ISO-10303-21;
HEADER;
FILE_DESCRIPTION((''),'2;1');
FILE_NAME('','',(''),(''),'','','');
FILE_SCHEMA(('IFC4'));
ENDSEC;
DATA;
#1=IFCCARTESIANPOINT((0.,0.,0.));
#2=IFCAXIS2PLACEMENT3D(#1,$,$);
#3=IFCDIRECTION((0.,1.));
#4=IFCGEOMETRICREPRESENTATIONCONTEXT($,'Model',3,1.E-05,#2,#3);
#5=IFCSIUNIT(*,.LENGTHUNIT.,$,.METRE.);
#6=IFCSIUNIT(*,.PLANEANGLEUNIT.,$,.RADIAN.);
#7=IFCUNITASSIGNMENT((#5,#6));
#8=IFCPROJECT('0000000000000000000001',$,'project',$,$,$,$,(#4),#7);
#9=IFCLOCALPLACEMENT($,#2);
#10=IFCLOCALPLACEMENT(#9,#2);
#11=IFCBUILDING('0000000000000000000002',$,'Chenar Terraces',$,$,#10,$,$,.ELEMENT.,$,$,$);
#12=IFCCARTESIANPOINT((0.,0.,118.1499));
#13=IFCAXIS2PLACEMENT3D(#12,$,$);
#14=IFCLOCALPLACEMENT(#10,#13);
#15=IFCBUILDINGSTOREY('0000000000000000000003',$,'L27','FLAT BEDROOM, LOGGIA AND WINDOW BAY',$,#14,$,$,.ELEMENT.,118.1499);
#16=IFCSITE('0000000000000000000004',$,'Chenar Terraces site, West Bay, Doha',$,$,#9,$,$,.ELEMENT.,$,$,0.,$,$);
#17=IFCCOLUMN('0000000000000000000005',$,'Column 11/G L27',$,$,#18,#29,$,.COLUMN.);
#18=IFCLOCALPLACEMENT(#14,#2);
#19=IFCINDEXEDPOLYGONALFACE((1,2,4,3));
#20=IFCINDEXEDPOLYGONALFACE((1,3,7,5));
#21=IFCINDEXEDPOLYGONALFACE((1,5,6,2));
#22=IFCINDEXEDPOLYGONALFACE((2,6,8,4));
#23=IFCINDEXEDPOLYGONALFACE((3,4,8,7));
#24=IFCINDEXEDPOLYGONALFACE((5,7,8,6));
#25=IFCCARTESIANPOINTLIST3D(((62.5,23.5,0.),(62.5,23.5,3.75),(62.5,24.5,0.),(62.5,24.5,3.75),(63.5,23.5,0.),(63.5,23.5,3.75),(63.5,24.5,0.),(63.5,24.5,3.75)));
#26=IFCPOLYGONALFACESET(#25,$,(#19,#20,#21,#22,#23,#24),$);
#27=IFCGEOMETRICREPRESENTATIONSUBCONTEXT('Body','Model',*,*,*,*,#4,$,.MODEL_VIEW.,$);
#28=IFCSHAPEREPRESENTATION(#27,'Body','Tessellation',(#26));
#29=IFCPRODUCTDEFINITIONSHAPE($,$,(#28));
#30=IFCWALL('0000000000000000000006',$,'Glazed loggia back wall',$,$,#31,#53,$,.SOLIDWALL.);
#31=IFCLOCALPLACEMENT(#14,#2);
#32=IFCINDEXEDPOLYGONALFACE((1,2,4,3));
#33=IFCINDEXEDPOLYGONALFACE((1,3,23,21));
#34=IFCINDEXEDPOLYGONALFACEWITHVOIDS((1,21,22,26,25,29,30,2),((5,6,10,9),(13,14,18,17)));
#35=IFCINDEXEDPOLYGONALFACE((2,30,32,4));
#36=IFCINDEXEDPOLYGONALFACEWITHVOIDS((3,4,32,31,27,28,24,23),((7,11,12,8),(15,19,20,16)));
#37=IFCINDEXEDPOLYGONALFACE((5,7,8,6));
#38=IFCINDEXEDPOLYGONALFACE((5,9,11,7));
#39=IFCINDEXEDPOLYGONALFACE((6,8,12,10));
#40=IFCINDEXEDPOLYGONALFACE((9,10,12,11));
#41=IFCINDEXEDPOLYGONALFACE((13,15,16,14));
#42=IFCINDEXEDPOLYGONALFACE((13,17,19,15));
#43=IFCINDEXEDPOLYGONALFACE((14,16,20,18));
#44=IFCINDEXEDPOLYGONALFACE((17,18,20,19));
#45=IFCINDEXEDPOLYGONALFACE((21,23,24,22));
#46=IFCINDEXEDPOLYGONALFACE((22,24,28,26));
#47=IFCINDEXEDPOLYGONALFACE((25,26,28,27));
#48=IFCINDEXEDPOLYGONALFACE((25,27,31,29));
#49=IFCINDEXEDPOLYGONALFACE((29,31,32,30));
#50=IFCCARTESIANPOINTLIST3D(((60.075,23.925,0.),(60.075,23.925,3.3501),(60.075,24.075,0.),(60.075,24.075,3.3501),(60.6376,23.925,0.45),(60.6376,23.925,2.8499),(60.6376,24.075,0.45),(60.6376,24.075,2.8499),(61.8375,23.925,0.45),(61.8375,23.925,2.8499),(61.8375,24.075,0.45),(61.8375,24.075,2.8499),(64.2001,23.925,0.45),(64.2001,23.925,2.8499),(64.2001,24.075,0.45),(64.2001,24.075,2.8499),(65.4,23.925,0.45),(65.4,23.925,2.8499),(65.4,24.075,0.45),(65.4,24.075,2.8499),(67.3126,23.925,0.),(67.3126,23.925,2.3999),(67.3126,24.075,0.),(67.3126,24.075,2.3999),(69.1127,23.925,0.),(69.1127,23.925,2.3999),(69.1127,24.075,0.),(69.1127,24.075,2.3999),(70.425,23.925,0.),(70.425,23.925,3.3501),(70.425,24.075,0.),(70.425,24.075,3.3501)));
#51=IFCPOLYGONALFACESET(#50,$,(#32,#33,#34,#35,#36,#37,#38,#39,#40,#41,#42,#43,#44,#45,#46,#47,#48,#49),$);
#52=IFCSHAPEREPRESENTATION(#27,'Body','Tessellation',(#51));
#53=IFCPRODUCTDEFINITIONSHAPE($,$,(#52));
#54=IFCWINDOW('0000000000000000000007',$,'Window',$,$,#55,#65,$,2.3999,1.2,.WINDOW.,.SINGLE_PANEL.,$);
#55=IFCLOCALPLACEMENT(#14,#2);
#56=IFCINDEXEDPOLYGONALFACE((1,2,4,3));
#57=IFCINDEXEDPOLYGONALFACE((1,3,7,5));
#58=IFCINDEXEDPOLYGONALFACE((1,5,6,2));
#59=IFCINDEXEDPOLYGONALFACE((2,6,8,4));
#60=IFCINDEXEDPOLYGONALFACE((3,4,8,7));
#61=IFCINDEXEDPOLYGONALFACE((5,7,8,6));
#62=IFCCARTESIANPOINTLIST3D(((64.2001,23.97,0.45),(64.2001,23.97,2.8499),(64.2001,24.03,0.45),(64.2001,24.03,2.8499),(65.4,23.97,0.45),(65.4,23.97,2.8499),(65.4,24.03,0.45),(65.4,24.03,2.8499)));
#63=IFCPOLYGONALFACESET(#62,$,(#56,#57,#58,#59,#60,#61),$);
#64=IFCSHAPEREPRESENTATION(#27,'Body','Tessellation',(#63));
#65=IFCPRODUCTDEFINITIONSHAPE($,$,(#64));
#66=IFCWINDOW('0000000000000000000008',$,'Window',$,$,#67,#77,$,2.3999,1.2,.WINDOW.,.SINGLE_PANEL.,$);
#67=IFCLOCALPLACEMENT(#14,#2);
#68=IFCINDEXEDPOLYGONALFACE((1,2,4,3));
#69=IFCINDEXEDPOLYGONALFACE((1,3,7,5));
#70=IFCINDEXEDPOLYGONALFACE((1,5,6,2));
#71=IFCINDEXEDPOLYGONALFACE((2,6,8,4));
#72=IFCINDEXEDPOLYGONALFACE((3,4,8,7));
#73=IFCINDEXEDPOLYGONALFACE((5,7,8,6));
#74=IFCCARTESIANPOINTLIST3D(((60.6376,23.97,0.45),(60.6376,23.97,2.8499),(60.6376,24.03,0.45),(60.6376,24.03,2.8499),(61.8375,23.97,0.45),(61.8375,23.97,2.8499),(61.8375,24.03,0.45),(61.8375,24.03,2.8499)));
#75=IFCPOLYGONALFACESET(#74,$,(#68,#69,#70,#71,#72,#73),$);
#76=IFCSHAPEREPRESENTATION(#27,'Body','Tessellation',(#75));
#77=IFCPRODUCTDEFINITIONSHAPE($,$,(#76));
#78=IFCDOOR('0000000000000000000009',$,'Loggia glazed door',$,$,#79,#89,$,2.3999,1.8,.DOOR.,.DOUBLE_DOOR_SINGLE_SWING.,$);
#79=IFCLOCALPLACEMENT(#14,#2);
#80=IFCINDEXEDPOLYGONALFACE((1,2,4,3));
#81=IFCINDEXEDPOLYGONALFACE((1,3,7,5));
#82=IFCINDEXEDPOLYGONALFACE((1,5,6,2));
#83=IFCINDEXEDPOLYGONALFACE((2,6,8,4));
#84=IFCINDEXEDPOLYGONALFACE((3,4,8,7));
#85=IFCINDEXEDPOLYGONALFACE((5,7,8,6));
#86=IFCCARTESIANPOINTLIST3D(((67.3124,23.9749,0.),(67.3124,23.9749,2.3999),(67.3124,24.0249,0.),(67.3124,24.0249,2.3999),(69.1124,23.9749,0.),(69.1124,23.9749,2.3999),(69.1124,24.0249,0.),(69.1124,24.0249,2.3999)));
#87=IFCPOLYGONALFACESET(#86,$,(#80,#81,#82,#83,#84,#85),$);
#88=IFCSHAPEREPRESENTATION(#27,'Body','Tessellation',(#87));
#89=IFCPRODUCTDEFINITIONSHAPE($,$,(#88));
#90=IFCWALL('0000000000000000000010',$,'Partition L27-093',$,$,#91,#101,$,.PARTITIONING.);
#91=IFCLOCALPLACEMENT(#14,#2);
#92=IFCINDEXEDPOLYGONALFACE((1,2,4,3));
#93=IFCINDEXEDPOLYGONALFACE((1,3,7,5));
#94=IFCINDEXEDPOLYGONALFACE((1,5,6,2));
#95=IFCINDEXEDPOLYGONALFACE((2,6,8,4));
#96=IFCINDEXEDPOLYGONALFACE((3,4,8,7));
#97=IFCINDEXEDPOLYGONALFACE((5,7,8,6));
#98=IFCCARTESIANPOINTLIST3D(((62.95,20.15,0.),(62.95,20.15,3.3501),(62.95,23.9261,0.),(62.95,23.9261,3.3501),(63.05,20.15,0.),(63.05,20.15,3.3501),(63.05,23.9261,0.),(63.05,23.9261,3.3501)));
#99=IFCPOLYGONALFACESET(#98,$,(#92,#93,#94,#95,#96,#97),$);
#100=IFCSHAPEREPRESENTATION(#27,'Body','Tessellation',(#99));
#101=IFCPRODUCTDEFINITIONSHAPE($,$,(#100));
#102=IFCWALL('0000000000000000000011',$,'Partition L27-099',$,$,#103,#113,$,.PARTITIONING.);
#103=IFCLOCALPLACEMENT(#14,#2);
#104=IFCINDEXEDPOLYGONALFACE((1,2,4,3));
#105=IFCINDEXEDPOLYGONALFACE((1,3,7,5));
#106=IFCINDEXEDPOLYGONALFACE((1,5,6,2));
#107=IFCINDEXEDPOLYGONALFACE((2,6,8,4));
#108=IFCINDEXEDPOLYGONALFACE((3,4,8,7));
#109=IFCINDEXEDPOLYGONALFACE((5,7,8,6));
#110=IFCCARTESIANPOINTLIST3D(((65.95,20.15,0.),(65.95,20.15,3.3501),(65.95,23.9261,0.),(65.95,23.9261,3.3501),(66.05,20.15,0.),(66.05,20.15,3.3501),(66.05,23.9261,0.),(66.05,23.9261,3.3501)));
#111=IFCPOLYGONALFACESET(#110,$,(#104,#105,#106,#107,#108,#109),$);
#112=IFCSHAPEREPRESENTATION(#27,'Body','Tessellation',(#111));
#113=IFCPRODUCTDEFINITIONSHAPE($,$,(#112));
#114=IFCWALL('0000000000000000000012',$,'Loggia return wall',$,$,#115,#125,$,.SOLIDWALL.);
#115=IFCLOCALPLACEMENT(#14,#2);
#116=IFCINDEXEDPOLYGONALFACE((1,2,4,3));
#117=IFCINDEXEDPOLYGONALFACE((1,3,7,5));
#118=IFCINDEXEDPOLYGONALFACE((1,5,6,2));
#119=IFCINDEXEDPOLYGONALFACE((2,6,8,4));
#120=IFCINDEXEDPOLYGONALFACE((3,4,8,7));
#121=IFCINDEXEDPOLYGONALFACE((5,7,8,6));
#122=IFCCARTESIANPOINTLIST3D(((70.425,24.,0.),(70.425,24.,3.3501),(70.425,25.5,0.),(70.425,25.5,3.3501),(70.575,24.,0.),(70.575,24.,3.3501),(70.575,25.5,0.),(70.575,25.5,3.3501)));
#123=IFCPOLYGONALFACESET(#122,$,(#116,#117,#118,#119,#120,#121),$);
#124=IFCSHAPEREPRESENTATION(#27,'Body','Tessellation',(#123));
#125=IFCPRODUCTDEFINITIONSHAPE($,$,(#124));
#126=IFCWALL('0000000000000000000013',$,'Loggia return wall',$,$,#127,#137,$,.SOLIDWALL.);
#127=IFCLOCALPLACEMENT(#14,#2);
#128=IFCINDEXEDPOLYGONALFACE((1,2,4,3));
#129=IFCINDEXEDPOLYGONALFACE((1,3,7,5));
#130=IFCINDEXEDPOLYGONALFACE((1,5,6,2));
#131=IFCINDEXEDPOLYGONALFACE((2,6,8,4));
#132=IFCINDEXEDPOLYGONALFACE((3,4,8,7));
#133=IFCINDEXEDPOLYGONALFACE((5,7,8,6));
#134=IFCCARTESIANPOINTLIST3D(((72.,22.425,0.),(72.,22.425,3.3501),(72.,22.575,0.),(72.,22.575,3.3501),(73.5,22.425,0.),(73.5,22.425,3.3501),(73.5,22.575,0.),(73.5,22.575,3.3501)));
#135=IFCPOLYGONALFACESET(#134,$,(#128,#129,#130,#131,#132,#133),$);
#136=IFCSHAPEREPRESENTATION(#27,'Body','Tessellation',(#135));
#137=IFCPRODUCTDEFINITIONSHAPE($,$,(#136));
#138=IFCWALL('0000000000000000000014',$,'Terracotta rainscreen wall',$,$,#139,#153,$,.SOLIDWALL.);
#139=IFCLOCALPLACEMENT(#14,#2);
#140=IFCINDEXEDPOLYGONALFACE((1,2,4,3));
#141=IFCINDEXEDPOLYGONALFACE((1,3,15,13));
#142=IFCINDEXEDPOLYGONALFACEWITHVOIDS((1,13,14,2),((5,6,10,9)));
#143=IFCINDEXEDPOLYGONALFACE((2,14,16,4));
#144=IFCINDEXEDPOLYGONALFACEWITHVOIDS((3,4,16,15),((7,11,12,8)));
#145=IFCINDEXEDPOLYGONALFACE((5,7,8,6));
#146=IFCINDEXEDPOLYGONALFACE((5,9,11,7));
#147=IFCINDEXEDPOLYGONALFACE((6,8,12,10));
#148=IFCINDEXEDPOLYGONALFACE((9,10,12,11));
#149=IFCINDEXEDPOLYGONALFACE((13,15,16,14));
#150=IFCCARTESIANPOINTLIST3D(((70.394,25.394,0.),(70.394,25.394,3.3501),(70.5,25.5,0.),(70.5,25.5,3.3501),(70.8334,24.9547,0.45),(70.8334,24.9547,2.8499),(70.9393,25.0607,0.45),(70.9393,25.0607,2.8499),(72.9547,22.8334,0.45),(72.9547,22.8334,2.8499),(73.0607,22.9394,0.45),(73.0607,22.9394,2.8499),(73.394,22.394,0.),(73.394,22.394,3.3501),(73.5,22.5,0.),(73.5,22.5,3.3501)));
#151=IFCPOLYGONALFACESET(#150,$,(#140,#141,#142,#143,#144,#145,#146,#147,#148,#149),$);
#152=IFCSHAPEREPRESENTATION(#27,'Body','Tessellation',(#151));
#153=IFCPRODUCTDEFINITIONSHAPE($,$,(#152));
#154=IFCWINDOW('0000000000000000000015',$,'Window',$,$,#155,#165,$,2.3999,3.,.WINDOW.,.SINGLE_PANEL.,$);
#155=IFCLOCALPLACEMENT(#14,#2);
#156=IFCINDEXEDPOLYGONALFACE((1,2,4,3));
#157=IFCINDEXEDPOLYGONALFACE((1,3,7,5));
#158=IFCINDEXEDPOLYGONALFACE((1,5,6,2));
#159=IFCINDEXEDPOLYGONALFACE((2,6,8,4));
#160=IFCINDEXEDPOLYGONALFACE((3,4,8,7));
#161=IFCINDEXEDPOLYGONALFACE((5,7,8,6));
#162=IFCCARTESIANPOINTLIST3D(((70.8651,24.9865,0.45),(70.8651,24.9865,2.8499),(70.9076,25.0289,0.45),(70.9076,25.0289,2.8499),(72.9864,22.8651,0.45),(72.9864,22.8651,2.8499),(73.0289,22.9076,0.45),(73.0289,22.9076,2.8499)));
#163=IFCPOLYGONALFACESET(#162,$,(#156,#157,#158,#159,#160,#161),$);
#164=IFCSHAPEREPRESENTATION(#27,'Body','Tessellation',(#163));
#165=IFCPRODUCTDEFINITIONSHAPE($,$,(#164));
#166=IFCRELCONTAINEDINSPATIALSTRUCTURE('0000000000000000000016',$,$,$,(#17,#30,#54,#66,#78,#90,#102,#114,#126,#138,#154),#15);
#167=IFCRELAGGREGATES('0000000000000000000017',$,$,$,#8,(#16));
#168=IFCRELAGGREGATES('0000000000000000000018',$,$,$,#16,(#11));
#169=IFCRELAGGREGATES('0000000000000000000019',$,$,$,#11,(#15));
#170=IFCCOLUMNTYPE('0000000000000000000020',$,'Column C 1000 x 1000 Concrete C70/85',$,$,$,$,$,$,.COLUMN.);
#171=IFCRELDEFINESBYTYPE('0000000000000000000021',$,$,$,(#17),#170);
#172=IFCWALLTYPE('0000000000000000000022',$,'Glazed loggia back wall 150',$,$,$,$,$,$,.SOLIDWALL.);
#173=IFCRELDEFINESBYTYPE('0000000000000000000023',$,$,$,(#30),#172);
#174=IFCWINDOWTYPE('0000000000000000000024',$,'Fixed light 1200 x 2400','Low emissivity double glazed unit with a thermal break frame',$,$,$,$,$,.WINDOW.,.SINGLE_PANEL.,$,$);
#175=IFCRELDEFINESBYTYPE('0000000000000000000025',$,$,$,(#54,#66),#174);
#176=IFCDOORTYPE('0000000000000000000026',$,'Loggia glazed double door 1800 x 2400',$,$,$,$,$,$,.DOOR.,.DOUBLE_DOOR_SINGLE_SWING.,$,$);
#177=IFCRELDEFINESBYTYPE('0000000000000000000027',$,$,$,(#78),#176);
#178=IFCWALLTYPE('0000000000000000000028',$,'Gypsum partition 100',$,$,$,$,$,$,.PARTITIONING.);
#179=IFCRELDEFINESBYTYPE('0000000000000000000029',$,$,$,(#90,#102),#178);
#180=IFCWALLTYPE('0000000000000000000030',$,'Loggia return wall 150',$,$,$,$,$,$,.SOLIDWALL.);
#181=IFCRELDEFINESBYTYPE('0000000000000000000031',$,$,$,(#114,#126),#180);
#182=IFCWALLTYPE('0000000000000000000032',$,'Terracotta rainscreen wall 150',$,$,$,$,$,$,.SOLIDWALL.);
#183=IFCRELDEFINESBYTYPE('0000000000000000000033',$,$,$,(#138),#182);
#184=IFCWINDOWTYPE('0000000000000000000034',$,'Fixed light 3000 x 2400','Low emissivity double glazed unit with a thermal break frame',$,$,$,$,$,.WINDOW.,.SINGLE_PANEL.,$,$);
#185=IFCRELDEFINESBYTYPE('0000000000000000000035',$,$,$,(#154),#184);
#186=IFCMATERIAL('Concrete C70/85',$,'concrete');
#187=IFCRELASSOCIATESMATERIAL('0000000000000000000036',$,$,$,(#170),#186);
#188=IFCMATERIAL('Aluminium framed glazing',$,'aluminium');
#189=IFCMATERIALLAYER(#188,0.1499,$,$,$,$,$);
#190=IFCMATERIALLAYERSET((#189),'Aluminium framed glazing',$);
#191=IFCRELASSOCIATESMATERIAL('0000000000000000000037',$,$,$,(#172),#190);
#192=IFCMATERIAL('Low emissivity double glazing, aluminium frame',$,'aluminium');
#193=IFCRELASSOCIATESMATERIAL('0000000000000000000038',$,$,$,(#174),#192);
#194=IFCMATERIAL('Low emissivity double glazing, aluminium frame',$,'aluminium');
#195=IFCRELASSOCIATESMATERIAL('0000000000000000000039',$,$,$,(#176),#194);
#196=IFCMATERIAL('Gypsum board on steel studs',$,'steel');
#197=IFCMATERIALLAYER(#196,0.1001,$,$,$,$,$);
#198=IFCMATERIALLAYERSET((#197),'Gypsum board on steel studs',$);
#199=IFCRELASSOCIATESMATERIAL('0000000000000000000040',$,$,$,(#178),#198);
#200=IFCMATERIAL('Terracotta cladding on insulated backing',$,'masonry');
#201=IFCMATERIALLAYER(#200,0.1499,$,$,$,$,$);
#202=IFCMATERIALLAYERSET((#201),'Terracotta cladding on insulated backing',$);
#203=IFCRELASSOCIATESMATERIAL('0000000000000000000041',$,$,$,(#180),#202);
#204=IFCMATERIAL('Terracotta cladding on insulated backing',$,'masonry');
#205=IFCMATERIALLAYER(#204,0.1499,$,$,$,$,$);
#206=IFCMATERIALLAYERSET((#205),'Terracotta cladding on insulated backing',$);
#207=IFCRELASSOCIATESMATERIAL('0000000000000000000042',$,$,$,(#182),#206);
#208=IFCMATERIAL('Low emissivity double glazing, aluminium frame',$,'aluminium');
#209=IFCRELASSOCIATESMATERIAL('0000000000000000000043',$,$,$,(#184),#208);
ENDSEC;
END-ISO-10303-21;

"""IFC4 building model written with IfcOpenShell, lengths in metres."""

from ifc_helpers import new_model, si_unit, direction, frame, frame_2d, origin, origin_2d, place, context, subcontext, project, spatial, rectangle, extrude, material, layer, layer_set, material_profile, profile_set, type_object, element, fill, save


model = new_model("IFC4")

# Units and contexts
model_context = context("Model", 3, precision=1e-05, world=origin(), true_north=direction((0.0, 1.0)))
body_context = subcontext(model_context, "Body", "Model", "MODEL_VIEW")
ifc_project = project(units=[si_unit("LENGTHUNIT", "METRE"), si_unit("PLANEANGLEUNIT", "RADIAN")], contexts=[model_context])

# Site, building, storey
site_placement = place(None, origin())
site = spatial("IfcSite", under=ifc_project, at=site_placement, Name="Chenar Terraces site, West Bay, Doha", CompositionType="ELEMENT", RefElevation=0.0)
building_placement = place(site_placement, origin())
building = spatial("IfcBuilding", under=site, at=building_placement, Name="Chenar Terraces", CompositionType="ELEMENT")
storey_placement = place(building_placement, frame((0.0, 0.0, 118.1499)))
storey = spatial("IfcBuildingStorey", under=building, at=storey_placement, Name="L27", Description="FLAT BEDROOM, LOGGIA AND WINDOW BAY", CompositionType="ELEMENT", Elevation=118.1499)

# Column
ifc_material_1 = material(Name="Concrete C70/85", Category="concrete")
ifc_material_profile = material_profile(ifc_material_1, rectangle(XDim=1.0, YDim=1.0, at=origin_2d()), Name="C 1000 x 1000")
ifc_profile_set = profile_set([ifc_material_profile], Name="Concrete C70/85")
column_type = type_object("IfcColumnType", Name="Column C 1000 x 1000 Concrete C70/85", PredefinedType="COLUMN", material=ifc_profile_set)
column_placement = place(storey_placement, frame((63.0, 24.0, 0.0), z_axis=(0.0, 0.0, 1.0), x_axis=(1.0, 0.0, 0.0)))
element("IfcColumn", 1, at=column_placement, inside=storey, type_object=column_type, Name="Column 11/G L27", PredefinedType="COLUMN", context=body_context, shape_type="SweptSolid", body=[
    extrude(rectangle(XDim=1.0, YDim=1.0, at=origin_2d()), origin(), (0.0, 0.0, 1.0), 3.75),
])

# Wall, openings, windows, door
ifc_material_2 = material(Name="Aluminium framed glazing", Category="aluminium")
ifc_layer_1 = layer(ifc_material_2, 0.1499)
ifc_layer_set_1 = layer_set([ifc_layer_1], Name="Aluminium framed glazing")
wall_type_1 = type_object("IfcWallType", Name="Glazed loggia back wall 150", PredefinedType="SOLIDWALL", material=ifc_layer_set_1)
wall_1_placement = place(storey_placement, frame((70.425, 24.0, 0.0), z_axis=(0.0, 0.0, 1.0), x_axis=(-1.0, 0.0, 0.0)))
wall_1 = element("IfcWall", 2, at=wall_1_placement, inside=storey, type_object=wall_type_1, Name="Glazed loggia back wall", PredefinedType="SOLIDWALL", context=body_context, shape_type="SweptSolid", body=[
    extrude(rectangle(XDim=10.3501, YDim=0.1499, at=frame_2d((5.175, 0.0))), origin(), (0.0, 0.0, 1.0), 3.3501),
])
opening_1_placement = place(wall_1_placement, frame((1.3125, 0.0, 0.0)))
opening_1 = element("IfcOpeningElement", 3, at=opening_1_placement, cuts=wall_1, PredefinedType="OPENING", context=body_context, shape_type="SweptSolid", body=[
    extrude(rectangle(XDim=1.8, YDim=2.3999, at=frame_2d((0.8999, 1.2))), frame((0.0, 0.085, 0.0), z_axis=(0.0, -1.0, 0.0), x_axis=(1.0, 0.0, 0.0)), (0.0, 0.0, 1.0), 0.1699),
])
opening_2_placement = place(wall_1_placement, frame((5.0249, 0.0, 0.45)))
opening_2 = element("IfcOpeningElement", 4, at=opening_2_placement, cuts=wall_1, PredefinedType="OPENING", context=body_context, shape_type="SweptSolid", body=[
    extrude(rectangle(XDim=1.2, YDim=2.3999, at=frame_2d((0.6001, 1.2))), frame((0.0, 0.085, 0.0), z_axis=(0.0, -1.0, 0.0), x_axis=(1.0, 0.0, 0.0)), (0.0, 0.0, 1.0), 0.1699),
])
opening_3_placement = place(wall_1_placement, frame((8.5874, 0.0, 0.45)))
opening_3 = element("IfcOpeningElement", 5, at=opening_3_placement, cuts=wall_1, PredefinedType="OPENING", context=body_context, shape_type="SweptSolid", body=[
    extrude(rectangle(XDim=1.2, YDim=2.3999, at=frame_2d((0.6001, 1.2))), frame((0.0, 0.085, 0.0), z_axis=(0.0, -1.0, 0.0), x_axis=(1.0, 0.0, 0.0)), (0.0, 0.0, 1.0), 0.1699),
])
ifc_material_3 = material(Name="Low emissivity double glazing, aluminium frame", Category="aluminium")
window_type_1 = type_object("IfcWindowType", Name="Fixed light 1200 x 2400", Description="Low emissivity double glazed unit with a thermal break frame", PartitioningType="SINGLE_PANEL", PredefinedType="WINDOW", material=ifc_material_3)
window_1_placement = place(opening_2_placement, origin())
window_1 = element("IfcWindow", 6, at=window_1_placement, inside=storey, type_object=window_type_1, Name="Window", OverallHeight=2.3999, OverallWidth=1.2, PartitioningType="SINGLE_PANEL", PredefinedType="WINDOW", context=body_context, shape_type="SweptSolid", body=[
    extrude(rectangle(XDim=1.2, YDim=2.3999, at=frame_2d((0.6001, 1.2))), frame((0.0, 0.03, 0.0), z_axis=(0.0, -1.0, 0.0), x_axis=(1.0, 0.0, 0.0)), (0.0, 0.0, 1.0), 0.0601),
])
fill(opening_2, window_1)
window_2_placement = place(opening_3_placement, origin())
window_2 = element("IfcWindow", 7, at=window_2_placement, inside=storey, type_object=window_type_1, Name="Window", OverallHeight=2.3999, OverallWidth=1.2, PartitioningType="SINGLE_PANEL", PredefinedType="WINDOW", context=body_context, shape_type="SweptSolid", body=[
    extrude(rectangle(XDim=1.2, YDim=2.3999, at=frame_2d((0.6001, 1.2))), frame((0.0, 0.03, 0.0), z_axis=(0.0, -1.0, 0.0), x_axis=(1.0, 0.0, 0.0)), (0.0, 0.0, 1.0), 0.0601),
])
fill(opening_3, window_2)
ifc_material_4 = material(Name="Low emissivity double glazing, aluminium frame", Category="aluminium")
door_type_1 = type_object("IfcDoorType", Name="Loggia glazed double door 1800 x 2400", OperationType="DOUBLE_DOOR_SINGLE_SWING", PredefinedType="DOOR", material=ifc_material_4)
door_1_placement = place(opening_1_placement, frame((1.8, 0.0, 0.0), z_axis=(0.0, 0.0, 1.0), x_axis=(-1.0, 0.0, 0.0)))
door_1 = element("IfcDoor", 8, at=door_1_placement, inside=storey, type_object=door_type_1, Name="Loggia glazed door", OperationType="DOUBLE_DOOR_SINGLE_SWING", OverallHeight=2.3999, OverallWidth=1.8, PredefinedType="DOOR", context=body_context, shape_type="SweptSolid", body=[
    extrude(rectangle(XDim=1.8, YDim=2.3999, at=frame_2d((0.8999, 1.2))), frame((0.0, 0.0249, 0.0), z_axis=(0.0, -1.0, 0.0), x_axis=(1.0, 0.0, 0.0)), (0.0, 0.0, 1.0), 0.05),
])
fill(opening_1, door_1)

# Walls
ifc_material_5 = material(Name="Gypsum board on steel studs", Category="steel")
ifc_layer_2 = layer(ifc_material_5, 0.1001)
ifc_layer_set_2 = layer_set([ifc_layer_2], Name="Gypsum board on steel studs")
wall_type_2 = type_object("IfcWallType", Name="Gypsum partition 100", PredefinedType="PARTITIONING", material=ifc_layer_set_2)
for number, where, z_axis, x_axis, name in (
    (9, (63.0, 20.1499, 0.0), (0.0, 0.0, 1.0), (0.0, 1.0, 0.0), "Partition L27-093"),
    (10, (66.0, 20.1499, 0.0), (0.0, 0.0, 1.0), (0.0, 1.0, 0.0), "Partition L27-099"),
):
    element("IfcWall", number, at=place(storey_placement, frame(where, z_axis=z_axis, x_axis=x_axis)), inside=storey, type_object=wall_type_2, Name=name, PredefinedType="PARTITIONING", context=body_context, shape_type="SweptSolid", body=[
        extrude(rectangle(XDim=3.7761, YDim=0.1001, at=frame_2d((1.8882, 0.0))), origin(), (0.0, 0.0, 1.0), 3.3501),
    ])
ifc_material_6 = material(Name="Terracotta cladding on insulated backing", Category="masonry")
ifc_layer_3 = layer(ifc_material_6, 0.1499)
ifc_layer_set_3 = layer_set([ifc_layer_3], Name="Terracotta cladding on insulated backing")
wall_type_3 = type_object("IfcWallType", Name="Loggia return wall 150", PredefinedType="SOLIDWALL", material=ifc_layer_set_3)
for number, where, z_axis, x_axis, name in (
    (11, (70.5, 25.5, 0.0), (0.0, 0.0, 1.0), (0.0, -1.0, 0.0), "Loggia return wall"),
    (12, (73.5, 22.5, 0.0), (0.0, 0.0, 1.0), (-1.0, 0.0, 0.0), "Loggia return wall"),
):
    element("IfcWall", number, at=place(storey_placement, frame(where, z_axis=z_axis, x_axis=x_axis)), inside=storey, type_object=wall_type_3, Name=name, PredefinedType="SOLIDWALL", context=body_context, shape_type="SweptSolid", body=[
        extrude(rectangle(XDim=1.5, YDim=0.1499, at=frame_2d((0.75, 0.0))), origin(), (0.0, 0.0, 1.0), 3.3501),
    ])

# Wall, opening, window
ifc_material_7 = material(Name="Terracotta cladding on insulated backing", Category="masonry")
ifc_layer_4 = layer(ifc_material_7, 0.1499)
ifc_layer_set_4 = layer_set([ifc_layer_4], Name="Terracotta cladding on insulated backing")
wall_type_4 = type_object("IfcWallType", Name="Terracotta rainscreen wall 150", PredefinedType="SOLIDWALL", material=ifc_layer_set_4)
wall_2_placement = place(storey_placement, frame((73.447, 22.447, 0.0), z_axis=(0.0, 0.0, 1.0), x_axis=(-0.707107, 0.707107, 0.0)))
wall_2 = element("IfcWall", 13, at=wall_2_placement, inside=storey, type_object=wall_type_4, Name="Terracotta rainscreen wall", PredefinedType="SOLIDWALL", context=body_context, shape_type="SweptSolid", body=[
    extrude(rectangle(XDim=4.2427, YDim=0.1499, at=frame_2d((2.1213, 0.0))), origin(), (0.0, 0.0, 1.0), 3.3501),
])
opening_4_placement = place(wall_2_placement, frame((0.6213, 0.0, 0.45)))
opening_4 = element("IfcOpeningElement", 14, at=opening_4_placement, cuts=wall_2, PredefinedType="OPENING", context=body_context, shape_type="SweptSolid", body=[
    extrude(rectangle(XDim=3.0, YDim=2.3999, at=frame_2d((1.5, 1.2))), frame((0.0, 0.085, 0.0), z_axis=(0.0, -1.0, 0.0), x_axis=(1.0, 0.0, 0.0)), (0.0, 0.0, 1.0), 0.1699),
])
ifc_material_8 = material(Name="Low emissivity double glazing, aluminium frame", Category="aluminium")
window_type_2 = type_object("IfcWindowType", Name="Fixed light 3000 x 2400", Description="Low emissivity double glazed unit with a thermal break frame", PartitioningType="SINGLE_PANEL", PredefinedType="WINDOW", material=ifc_material_8)
window_3_placement = place(opening_4_placement, origin())
window_3 = element("IfcWindow", 15, at=window_3_placement, inside=storey, type_object=window_type_2, Name="Window", OverallHeight=2.3999, OverallWidth=3.0, PartitioningType="SINGLE_PANEL", PredefinedType="WINDOW", context=body_context, shape_type="SweptSolid", body=[
    extrude(rectangle(XDim=3.0, YDim=2.3999, at=frame_2d((1.5, 1.2))), frame((0.0, 0.03, 0.0), z_axis=(0.0, -1.0, 0.0), x_axis=(1.0, 0.0, 0.0)), (0.0, 0.0, 1.0), 0.0601),
])
fill(opening_4, window_3)

save(model, "model.ifc")
